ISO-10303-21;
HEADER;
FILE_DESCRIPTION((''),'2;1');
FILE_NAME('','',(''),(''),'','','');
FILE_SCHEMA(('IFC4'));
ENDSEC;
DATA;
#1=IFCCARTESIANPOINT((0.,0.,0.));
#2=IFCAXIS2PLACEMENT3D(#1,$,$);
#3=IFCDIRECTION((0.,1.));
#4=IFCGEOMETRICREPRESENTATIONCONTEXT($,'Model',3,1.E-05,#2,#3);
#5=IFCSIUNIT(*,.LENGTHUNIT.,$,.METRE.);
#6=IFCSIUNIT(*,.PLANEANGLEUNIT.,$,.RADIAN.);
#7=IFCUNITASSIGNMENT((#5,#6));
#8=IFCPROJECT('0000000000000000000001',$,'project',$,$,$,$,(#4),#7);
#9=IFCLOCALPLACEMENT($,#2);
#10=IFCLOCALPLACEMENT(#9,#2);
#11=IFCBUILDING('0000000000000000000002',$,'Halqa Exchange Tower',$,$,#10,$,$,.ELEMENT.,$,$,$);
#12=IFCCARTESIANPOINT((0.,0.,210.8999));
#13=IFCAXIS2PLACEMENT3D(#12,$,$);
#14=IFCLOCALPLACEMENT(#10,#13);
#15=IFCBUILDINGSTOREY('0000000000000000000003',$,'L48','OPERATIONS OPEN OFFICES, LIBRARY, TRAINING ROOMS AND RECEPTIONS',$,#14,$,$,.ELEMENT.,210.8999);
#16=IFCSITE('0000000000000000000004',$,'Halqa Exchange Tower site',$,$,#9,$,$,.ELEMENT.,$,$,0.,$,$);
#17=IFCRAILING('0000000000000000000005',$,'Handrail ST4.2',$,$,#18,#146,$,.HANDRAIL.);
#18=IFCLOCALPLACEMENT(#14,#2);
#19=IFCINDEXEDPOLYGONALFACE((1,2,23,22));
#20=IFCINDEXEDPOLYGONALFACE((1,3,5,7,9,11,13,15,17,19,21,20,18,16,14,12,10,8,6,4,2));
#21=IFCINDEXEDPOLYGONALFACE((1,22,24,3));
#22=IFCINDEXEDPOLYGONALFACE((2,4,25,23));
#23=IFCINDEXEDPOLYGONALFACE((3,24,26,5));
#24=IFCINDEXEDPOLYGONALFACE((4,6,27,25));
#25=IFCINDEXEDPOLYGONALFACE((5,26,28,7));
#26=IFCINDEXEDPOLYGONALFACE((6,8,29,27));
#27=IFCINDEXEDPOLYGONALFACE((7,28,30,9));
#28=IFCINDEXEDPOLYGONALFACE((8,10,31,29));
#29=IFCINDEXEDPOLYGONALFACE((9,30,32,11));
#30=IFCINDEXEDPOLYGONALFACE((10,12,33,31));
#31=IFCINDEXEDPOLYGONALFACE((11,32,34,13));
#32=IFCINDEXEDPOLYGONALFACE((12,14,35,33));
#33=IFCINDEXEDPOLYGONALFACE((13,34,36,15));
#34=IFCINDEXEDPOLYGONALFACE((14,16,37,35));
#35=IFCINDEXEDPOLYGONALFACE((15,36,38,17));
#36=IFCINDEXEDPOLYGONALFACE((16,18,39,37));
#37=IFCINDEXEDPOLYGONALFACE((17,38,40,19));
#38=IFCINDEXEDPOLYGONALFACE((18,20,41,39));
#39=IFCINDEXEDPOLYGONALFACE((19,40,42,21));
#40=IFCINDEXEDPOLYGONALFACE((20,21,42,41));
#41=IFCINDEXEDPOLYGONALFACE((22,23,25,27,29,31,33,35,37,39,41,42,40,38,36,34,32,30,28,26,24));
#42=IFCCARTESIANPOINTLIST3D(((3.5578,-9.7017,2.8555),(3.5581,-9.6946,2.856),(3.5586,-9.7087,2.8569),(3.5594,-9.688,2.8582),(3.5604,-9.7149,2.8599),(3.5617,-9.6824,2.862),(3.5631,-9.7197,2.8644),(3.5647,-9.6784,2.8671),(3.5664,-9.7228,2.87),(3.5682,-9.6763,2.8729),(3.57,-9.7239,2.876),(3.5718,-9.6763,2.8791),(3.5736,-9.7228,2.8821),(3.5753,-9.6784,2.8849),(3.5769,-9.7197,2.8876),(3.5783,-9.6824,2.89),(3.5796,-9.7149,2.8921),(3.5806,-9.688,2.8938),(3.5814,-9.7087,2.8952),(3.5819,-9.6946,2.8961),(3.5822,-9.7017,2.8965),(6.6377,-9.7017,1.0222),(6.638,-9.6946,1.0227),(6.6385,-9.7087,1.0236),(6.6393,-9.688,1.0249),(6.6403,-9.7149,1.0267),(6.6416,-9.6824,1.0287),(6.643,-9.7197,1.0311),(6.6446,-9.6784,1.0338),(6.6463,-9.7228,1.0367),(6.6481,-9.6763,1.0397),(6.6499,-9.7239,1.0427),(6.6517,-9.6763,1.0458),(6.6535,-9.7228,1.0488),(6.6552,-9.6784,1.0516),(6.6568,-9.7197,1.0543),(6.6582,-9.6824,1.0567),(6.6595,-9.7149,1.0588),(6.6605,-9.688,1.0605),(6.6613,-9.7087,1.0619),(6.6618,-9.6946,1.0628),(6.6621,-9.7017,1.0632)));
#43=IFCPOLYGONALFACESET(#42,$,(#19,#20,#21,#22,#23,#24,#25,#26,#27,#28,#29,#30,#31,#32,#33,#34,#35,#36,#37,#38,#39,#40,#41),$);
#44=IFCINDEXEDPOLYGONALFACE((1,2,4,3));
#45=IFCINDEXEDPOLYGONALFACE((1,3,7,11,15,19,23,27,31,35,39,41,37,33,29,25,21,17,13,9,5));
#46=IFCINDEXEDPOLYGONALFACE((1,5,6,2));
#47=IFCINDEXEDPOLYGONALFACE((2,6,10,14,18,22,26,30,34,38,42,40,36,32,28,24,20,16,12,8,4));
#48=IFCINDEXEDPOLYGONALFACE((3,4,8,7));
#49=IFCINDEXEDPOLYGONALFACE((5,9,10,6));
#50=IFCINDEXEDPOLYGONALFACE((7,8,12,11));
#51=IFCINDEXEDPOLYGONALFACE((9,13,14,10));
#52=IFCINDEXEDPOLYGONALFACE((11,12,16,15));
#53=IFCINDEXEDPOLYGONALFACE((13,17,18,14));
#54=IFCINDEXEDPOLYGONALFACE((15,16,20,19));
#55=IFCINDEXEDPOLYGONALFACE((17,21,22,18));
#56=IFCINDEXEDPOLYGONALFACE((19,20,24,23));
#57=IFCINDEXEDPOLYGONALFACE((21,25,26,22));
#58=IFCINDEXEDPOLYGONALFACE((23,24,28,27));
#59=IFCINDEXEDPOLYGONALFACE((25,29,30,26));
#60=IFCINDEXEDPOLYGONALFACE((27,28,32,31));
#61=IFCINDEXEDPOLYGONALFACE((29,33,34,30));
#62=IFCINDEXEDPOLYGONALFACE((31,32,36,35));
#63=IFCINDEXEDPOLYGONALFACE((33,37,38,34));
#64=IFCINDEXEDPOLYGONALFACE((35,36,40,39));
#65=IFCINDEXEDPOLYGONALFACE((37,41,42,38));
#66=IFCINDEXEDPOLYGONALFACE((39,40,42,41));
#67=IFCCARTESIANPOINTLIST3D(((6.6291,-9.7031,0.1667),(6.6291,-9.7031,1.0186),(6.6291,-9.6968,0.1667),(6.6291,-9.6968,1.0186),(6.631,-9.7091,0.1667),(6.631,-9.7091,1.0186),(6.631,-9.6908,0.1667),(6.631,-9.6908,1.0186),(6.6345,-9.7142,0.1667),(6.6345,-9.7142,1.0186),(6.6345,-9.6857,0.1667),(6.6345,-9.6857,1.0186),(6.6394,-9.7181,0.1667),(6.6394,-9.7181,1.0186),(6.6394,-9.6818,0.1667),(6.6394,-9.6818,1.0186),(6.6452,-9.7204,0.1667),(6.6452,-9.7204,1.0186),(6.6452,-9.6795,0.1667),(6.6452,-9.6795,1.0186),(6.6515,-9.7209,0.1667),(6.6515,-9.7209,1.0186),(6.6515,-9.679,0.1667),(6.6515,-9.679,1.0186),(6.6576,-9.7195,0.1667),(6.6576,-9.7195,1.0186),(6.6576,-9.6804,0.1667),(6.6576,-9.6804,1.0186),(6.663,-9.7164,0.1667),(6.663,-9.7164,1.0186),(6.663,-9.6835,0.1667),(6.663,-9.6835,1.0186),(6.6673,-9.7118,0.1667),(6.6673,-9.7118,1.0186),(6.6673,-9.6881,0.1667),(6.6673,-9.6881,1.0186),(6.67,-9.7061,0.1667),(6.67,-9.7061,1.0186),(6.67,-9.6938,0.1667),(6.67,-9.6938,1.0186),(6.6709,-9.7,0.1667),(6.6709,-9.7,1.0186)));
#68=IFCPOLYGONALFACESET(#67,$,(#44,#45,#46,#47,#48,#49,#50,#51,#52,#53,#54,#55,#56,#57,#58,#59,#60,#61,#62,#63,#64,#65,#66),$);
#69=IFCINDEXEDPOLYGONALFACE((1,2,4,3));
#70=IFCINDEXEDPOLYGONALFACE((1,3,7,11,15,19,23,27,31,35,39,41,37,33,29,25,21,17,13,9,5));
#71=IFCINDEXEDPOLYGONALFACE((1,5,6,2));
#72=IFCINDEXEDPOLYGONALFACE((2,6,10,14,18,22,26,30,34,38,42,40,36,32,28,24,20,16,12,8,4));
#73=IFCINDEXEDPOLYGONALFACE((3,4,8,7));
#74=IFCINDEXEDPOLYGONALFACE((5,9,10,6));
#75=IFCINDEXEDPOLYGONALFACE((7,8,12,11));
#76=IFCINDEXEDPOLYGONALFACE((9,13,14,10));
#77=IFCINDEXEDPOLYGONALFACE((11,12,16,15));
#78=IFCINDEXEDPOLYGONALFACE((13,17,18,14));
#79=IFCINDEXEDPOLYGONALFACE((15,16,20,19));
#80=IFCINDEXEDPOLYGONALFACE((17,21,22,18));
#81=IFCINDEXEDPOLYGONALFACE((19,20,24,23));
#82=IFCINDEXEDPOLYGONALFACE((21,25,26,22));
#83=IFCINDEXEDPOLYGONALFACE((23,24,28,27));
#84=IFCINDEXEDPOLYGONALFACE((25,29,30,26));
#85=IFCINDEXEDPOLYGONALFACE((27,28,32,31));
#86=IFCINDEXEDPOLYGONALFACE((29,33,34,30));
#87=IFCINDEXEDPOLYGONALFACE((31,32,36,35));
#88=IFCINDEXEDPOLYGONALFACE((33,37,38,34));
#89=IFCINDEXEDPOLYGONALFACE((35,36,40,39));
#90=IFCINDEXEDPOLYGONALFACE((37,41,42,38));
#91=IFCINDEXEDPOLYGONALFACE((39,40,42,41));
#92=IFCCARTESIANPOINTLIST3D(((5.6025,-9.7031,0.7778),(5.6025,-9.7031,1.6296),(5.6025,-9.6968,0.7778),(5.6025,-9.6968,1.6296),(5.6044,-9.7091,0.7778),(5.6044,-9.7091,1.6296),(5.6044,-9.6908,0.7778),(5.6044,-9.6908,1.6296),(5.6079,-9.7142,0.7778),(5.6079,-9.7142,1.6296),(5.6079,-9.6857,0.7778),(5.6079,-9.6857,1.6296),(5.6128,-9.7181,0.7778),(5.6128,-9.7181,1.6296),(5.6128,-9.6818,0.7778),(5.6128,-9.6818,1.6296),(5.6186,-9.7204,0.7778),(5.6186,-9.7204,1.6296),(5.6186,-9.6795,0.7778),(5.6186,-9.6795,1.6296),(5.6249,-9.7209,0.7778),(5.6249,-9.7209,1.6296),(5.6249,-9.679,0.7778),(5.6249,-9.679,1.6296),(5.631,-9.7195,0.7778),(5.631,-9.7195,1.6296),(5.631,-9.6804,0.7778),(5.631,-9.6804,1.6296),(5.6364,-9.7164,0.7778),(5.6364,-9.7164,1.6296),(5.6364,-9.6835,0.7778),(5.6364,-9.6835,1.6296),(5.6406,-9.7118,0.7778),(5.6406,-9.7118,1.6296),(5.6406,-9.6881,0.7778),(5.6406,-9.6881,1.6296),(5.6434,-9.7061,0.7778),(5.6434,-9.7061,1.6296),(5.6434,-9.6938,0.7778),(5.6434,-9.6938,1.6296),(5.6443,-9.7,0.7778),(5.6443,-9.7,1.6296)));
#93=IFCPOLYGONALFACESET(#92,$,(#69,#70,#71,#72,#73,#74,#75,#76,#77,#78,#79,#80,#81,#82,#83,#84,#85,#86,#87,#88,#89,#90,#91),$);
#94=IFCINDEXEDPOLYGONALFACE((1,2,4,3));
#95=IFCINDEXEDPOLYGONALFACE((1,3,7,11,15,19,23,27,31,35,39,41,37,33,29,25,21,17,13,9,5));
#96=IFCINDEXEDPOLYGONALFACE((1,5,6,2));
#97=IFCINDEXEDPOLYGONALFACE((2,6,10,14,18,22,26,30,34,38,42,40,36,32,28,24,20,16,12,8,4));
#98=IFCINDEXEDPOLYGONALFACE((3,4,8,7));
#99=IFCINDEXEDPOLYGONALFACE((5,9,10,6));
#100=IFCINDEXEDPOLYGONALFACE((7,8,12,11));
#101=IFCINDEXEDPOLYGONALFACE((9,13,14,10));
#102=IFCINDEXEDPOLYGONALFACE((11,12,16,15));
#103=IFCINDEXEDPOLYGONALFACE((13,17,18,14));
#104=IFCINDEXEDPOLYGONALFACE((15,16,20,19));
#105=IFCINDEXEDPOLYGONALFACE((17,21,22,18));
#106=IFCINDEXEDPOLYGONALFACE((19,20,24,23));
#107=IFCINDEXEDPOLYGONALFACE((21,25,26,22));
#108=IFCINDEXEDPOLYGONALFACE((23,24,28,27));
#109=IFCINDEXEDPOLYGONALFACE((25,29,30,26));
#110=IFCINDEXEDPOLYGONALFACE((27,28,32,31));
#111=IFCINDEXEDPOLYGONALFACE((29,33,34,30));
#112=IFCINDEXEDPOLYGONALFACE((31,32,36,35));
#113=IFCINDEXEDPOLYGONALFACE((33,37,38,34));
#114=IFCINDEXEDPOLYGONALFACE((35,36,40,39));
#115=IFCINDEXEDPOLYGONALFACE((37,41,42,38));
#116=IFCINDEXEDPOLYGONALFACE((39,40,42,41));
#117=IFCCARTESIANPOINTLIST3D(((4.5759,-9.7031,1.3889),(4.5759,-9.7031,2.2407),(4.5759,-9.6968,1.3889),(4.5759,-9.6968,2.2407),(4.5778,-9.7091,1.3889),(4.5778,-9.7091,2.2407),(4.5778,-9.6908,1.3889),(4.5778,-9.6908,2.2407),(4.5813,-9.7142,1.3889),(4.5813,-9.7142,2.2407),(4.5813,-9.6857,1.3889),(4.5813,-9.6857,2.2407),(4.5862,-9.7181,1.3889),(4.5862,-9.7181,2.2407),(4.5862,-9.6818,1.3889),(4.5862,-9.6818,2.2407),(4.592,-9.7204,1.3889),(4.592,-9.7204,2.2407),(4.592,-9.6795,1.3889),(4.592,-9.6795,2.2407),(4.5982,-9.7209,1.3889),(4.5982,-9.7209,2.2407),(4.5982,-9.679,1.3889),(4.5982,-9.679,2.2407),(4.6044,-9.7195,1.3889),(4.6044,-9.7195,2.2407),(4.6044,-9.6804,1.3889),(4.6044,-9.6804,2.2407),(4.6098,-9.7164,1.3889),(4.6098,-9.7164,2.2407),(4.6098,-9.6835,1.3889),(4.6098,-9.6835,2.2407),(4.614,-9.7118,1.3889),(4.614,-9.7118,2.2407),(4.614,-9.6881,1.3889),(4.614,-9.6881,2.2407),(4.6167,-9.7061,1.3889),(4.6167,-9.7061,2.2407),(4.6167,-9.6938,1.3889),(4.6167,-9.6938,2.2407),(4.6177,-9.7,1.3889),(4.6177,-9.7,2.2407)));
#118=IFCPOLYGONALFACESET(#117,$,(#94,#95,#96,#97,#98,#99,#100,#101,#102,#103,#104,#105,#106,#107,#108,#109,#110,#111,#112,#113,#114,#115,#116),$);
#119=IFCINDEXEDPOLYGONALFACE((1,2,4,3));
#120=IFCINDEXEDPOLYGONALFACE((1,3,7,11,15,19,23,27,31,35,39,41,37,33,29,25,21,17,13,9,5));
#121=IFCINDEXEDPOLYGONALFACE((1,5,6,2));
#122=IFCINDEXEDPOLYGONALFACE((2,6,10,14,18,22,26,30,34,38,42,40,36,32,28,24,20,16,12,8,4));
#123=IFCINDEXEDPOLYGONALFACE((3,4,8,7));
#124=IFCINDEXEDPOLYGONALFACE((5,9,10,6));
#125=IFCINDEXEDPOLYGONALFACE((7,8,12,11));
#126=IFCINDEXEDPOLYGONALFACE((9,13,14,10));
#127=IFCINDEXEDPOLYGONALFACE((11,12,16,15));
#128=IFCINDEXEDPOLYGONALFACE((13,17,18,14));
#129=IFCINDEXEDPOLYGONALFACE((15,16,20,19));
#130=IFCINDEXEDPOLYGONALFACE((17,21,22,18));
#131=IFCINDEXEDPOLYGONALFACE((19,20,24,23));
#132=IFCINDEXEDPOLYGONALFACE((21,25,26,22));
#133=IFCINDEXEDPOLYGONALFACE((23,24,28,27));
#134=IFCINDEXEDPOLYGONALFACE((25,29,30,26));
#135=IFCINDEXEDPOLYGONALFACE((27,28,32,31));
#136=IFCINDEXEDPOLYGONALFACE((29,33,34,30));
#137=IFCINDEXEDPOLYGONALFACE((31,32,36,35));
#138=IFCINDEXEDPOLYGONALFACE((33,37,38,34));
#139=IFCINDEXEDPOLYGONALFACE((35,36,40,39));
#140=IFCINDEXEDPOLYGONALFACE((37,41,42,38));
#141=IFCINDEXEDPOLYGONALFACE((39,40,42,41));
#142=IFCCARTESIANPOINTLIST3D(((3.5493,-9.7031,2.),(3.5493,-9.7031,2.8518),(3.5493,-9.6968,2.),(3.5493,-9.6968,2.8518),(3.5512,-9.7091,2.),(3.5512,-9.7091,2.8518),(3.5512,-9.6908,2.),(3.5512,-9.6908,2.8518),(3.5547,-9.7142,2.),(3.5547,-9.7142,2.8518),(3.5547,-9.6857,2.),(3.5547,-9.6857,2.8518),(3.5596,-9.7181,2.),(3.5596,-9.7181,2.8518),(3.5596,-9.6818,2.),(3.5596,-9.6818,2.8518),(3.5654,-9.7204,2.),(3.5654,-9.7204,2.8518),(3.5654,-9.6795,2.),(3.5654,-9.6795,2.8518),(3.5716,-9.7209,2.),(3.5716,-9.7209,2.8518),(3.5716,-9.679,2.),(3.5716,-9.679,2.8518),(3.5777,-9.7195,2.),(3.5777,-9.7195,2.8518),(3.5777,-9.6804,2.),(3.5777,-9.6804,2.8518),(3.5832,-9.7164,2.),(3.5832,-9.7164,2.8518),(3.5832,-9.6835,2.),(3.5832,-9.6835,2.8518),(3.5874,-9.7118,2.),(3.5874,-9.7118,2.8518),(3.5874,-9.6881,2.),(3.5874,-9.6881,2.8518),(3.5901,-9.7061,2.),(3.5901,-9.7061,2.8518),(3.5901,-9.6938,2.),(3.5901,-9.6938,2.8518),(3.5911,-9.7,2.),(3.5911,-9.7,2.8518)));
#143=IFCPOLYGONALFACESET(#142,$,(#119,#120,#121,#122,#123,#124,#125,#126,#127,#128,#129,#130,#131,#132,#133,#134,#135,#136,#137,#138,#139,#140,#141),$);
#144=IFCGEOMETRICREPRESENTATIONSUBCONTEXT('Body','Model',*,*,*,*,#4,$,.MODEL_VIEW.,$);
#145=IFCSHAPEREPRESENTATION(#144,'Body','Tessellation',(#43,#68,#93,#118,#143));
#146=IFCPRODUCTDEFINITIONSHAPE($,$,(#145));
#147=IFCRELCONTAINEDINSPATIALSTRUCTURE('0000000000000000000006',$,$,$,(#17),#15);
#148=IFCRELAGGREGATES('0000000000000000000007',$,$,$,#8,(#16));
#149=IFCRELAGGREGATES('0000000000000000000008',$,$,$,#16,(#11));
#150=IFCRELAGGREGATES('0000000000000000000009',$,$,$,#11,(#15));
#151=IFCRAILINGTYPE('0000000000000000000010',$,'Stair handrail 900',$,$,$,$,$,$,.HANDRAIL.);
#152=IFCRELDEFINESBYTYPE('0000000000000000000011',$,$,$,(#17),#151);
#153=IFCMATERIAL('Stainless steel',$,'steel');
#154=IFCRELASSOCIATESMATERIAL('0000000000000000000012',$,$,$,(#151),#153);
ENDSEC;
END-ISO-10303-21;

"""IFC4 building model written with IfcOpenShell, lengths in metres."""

from ifc_helpers import new_model, si_unit, direction, frame, origin, origin_2d, place, context, subcontext, project, spatial, circle, extrude, material, type_object, element, save


model = new_model("IFC4")

# Units and contexts
model_context = context("Model", 3, precision=1e-05, world=origin(), true_north=direction((0.0, 1.0)))
body_context = subcontext(model_context, "Body", "Model", "MODEL_VIEW")
ifc_project = project(units=[si_unit("LENGTHUNIT", "METRE"), si_unit("PLANEANGLEUNIT", "RADIAN")], contexts=[model_context])

# Site, building, storey
site_placement = place(None, origin())
site = spatial("IfcSite", under=ifc_project, at=site_placement, Name="Halqa Exchange Tower site", CompositionType="ELEMENT", RefElevation=0.0)
building_placement = place(site_placement, origin())
building = spatial("IfcBuilding", under=site, at=building_placement, Name="Halqa Exchange Tower", CompositionType="ELEMENT")
storey_placement = place(building_placement, frame((0.0, 0.0, 210.8999)))
storey = spatial("IfcBuildingStorey", under=building, at=storey_placement, Name="L48", Description="OPERATIONS OPEN OFFICES, LIBRARY, TRAINING ROOMS AND RECEPTIONS", CompositionType="ELEMENT", Elevation=210.8999)

# Railing
ifc_material_1 = material(Name="Stainless steel", Category="steel")
railing_type_1 = type_object("IfcRailingType", Name="Stair handrail 900", PredefinedType="HANDRAIL", material=ifc_material_1)
railing_1_placement = place(storey_placement, frame((6.6499, -9.7, 0.1667)))
element("IfcRailing", 1, at=railing_1_placement, inside=storey, type_object=railing_type_1, Name="Handrail ST4.2", PredefinedType="HANDRAIL", context=body_context, shape_type="SweptSolid", body=[
    extrude(circle(Radius=0.0239, at=origin_2d()), frame((0.0, 0.0, 0.876), z_axis=(-0.859291, 0.0, 0.511487), x_axis=(0.0, -1.0, 0.0)), (0.0, 0.0, 1.0), 3.5842),
    extrude(circle(Radius=0.021, at=origin_2d()), origin(), (0.0, 0.0, 1.0), 0.8518),
    extrude(circle(Radius=0.021, at=origin_2d()), frame((-1.0266, 0.0, 0.6111)), (0.0, 0.0, 1.0), 0.8518),
    extrude(circle(Radius=0.021, at=origin_2d()), frame((-2.0532, 0.0, 1.2222)), (0.0, 0.0, 1.0), 0.8518),
    extrude(circle(Radius=0.021, at=origin_2d()), frame((-3.0798, 0.0, 1.8333)), (0.0, 0.0, 1.0), 0.8518),
])

save(model, "model.ifc")
